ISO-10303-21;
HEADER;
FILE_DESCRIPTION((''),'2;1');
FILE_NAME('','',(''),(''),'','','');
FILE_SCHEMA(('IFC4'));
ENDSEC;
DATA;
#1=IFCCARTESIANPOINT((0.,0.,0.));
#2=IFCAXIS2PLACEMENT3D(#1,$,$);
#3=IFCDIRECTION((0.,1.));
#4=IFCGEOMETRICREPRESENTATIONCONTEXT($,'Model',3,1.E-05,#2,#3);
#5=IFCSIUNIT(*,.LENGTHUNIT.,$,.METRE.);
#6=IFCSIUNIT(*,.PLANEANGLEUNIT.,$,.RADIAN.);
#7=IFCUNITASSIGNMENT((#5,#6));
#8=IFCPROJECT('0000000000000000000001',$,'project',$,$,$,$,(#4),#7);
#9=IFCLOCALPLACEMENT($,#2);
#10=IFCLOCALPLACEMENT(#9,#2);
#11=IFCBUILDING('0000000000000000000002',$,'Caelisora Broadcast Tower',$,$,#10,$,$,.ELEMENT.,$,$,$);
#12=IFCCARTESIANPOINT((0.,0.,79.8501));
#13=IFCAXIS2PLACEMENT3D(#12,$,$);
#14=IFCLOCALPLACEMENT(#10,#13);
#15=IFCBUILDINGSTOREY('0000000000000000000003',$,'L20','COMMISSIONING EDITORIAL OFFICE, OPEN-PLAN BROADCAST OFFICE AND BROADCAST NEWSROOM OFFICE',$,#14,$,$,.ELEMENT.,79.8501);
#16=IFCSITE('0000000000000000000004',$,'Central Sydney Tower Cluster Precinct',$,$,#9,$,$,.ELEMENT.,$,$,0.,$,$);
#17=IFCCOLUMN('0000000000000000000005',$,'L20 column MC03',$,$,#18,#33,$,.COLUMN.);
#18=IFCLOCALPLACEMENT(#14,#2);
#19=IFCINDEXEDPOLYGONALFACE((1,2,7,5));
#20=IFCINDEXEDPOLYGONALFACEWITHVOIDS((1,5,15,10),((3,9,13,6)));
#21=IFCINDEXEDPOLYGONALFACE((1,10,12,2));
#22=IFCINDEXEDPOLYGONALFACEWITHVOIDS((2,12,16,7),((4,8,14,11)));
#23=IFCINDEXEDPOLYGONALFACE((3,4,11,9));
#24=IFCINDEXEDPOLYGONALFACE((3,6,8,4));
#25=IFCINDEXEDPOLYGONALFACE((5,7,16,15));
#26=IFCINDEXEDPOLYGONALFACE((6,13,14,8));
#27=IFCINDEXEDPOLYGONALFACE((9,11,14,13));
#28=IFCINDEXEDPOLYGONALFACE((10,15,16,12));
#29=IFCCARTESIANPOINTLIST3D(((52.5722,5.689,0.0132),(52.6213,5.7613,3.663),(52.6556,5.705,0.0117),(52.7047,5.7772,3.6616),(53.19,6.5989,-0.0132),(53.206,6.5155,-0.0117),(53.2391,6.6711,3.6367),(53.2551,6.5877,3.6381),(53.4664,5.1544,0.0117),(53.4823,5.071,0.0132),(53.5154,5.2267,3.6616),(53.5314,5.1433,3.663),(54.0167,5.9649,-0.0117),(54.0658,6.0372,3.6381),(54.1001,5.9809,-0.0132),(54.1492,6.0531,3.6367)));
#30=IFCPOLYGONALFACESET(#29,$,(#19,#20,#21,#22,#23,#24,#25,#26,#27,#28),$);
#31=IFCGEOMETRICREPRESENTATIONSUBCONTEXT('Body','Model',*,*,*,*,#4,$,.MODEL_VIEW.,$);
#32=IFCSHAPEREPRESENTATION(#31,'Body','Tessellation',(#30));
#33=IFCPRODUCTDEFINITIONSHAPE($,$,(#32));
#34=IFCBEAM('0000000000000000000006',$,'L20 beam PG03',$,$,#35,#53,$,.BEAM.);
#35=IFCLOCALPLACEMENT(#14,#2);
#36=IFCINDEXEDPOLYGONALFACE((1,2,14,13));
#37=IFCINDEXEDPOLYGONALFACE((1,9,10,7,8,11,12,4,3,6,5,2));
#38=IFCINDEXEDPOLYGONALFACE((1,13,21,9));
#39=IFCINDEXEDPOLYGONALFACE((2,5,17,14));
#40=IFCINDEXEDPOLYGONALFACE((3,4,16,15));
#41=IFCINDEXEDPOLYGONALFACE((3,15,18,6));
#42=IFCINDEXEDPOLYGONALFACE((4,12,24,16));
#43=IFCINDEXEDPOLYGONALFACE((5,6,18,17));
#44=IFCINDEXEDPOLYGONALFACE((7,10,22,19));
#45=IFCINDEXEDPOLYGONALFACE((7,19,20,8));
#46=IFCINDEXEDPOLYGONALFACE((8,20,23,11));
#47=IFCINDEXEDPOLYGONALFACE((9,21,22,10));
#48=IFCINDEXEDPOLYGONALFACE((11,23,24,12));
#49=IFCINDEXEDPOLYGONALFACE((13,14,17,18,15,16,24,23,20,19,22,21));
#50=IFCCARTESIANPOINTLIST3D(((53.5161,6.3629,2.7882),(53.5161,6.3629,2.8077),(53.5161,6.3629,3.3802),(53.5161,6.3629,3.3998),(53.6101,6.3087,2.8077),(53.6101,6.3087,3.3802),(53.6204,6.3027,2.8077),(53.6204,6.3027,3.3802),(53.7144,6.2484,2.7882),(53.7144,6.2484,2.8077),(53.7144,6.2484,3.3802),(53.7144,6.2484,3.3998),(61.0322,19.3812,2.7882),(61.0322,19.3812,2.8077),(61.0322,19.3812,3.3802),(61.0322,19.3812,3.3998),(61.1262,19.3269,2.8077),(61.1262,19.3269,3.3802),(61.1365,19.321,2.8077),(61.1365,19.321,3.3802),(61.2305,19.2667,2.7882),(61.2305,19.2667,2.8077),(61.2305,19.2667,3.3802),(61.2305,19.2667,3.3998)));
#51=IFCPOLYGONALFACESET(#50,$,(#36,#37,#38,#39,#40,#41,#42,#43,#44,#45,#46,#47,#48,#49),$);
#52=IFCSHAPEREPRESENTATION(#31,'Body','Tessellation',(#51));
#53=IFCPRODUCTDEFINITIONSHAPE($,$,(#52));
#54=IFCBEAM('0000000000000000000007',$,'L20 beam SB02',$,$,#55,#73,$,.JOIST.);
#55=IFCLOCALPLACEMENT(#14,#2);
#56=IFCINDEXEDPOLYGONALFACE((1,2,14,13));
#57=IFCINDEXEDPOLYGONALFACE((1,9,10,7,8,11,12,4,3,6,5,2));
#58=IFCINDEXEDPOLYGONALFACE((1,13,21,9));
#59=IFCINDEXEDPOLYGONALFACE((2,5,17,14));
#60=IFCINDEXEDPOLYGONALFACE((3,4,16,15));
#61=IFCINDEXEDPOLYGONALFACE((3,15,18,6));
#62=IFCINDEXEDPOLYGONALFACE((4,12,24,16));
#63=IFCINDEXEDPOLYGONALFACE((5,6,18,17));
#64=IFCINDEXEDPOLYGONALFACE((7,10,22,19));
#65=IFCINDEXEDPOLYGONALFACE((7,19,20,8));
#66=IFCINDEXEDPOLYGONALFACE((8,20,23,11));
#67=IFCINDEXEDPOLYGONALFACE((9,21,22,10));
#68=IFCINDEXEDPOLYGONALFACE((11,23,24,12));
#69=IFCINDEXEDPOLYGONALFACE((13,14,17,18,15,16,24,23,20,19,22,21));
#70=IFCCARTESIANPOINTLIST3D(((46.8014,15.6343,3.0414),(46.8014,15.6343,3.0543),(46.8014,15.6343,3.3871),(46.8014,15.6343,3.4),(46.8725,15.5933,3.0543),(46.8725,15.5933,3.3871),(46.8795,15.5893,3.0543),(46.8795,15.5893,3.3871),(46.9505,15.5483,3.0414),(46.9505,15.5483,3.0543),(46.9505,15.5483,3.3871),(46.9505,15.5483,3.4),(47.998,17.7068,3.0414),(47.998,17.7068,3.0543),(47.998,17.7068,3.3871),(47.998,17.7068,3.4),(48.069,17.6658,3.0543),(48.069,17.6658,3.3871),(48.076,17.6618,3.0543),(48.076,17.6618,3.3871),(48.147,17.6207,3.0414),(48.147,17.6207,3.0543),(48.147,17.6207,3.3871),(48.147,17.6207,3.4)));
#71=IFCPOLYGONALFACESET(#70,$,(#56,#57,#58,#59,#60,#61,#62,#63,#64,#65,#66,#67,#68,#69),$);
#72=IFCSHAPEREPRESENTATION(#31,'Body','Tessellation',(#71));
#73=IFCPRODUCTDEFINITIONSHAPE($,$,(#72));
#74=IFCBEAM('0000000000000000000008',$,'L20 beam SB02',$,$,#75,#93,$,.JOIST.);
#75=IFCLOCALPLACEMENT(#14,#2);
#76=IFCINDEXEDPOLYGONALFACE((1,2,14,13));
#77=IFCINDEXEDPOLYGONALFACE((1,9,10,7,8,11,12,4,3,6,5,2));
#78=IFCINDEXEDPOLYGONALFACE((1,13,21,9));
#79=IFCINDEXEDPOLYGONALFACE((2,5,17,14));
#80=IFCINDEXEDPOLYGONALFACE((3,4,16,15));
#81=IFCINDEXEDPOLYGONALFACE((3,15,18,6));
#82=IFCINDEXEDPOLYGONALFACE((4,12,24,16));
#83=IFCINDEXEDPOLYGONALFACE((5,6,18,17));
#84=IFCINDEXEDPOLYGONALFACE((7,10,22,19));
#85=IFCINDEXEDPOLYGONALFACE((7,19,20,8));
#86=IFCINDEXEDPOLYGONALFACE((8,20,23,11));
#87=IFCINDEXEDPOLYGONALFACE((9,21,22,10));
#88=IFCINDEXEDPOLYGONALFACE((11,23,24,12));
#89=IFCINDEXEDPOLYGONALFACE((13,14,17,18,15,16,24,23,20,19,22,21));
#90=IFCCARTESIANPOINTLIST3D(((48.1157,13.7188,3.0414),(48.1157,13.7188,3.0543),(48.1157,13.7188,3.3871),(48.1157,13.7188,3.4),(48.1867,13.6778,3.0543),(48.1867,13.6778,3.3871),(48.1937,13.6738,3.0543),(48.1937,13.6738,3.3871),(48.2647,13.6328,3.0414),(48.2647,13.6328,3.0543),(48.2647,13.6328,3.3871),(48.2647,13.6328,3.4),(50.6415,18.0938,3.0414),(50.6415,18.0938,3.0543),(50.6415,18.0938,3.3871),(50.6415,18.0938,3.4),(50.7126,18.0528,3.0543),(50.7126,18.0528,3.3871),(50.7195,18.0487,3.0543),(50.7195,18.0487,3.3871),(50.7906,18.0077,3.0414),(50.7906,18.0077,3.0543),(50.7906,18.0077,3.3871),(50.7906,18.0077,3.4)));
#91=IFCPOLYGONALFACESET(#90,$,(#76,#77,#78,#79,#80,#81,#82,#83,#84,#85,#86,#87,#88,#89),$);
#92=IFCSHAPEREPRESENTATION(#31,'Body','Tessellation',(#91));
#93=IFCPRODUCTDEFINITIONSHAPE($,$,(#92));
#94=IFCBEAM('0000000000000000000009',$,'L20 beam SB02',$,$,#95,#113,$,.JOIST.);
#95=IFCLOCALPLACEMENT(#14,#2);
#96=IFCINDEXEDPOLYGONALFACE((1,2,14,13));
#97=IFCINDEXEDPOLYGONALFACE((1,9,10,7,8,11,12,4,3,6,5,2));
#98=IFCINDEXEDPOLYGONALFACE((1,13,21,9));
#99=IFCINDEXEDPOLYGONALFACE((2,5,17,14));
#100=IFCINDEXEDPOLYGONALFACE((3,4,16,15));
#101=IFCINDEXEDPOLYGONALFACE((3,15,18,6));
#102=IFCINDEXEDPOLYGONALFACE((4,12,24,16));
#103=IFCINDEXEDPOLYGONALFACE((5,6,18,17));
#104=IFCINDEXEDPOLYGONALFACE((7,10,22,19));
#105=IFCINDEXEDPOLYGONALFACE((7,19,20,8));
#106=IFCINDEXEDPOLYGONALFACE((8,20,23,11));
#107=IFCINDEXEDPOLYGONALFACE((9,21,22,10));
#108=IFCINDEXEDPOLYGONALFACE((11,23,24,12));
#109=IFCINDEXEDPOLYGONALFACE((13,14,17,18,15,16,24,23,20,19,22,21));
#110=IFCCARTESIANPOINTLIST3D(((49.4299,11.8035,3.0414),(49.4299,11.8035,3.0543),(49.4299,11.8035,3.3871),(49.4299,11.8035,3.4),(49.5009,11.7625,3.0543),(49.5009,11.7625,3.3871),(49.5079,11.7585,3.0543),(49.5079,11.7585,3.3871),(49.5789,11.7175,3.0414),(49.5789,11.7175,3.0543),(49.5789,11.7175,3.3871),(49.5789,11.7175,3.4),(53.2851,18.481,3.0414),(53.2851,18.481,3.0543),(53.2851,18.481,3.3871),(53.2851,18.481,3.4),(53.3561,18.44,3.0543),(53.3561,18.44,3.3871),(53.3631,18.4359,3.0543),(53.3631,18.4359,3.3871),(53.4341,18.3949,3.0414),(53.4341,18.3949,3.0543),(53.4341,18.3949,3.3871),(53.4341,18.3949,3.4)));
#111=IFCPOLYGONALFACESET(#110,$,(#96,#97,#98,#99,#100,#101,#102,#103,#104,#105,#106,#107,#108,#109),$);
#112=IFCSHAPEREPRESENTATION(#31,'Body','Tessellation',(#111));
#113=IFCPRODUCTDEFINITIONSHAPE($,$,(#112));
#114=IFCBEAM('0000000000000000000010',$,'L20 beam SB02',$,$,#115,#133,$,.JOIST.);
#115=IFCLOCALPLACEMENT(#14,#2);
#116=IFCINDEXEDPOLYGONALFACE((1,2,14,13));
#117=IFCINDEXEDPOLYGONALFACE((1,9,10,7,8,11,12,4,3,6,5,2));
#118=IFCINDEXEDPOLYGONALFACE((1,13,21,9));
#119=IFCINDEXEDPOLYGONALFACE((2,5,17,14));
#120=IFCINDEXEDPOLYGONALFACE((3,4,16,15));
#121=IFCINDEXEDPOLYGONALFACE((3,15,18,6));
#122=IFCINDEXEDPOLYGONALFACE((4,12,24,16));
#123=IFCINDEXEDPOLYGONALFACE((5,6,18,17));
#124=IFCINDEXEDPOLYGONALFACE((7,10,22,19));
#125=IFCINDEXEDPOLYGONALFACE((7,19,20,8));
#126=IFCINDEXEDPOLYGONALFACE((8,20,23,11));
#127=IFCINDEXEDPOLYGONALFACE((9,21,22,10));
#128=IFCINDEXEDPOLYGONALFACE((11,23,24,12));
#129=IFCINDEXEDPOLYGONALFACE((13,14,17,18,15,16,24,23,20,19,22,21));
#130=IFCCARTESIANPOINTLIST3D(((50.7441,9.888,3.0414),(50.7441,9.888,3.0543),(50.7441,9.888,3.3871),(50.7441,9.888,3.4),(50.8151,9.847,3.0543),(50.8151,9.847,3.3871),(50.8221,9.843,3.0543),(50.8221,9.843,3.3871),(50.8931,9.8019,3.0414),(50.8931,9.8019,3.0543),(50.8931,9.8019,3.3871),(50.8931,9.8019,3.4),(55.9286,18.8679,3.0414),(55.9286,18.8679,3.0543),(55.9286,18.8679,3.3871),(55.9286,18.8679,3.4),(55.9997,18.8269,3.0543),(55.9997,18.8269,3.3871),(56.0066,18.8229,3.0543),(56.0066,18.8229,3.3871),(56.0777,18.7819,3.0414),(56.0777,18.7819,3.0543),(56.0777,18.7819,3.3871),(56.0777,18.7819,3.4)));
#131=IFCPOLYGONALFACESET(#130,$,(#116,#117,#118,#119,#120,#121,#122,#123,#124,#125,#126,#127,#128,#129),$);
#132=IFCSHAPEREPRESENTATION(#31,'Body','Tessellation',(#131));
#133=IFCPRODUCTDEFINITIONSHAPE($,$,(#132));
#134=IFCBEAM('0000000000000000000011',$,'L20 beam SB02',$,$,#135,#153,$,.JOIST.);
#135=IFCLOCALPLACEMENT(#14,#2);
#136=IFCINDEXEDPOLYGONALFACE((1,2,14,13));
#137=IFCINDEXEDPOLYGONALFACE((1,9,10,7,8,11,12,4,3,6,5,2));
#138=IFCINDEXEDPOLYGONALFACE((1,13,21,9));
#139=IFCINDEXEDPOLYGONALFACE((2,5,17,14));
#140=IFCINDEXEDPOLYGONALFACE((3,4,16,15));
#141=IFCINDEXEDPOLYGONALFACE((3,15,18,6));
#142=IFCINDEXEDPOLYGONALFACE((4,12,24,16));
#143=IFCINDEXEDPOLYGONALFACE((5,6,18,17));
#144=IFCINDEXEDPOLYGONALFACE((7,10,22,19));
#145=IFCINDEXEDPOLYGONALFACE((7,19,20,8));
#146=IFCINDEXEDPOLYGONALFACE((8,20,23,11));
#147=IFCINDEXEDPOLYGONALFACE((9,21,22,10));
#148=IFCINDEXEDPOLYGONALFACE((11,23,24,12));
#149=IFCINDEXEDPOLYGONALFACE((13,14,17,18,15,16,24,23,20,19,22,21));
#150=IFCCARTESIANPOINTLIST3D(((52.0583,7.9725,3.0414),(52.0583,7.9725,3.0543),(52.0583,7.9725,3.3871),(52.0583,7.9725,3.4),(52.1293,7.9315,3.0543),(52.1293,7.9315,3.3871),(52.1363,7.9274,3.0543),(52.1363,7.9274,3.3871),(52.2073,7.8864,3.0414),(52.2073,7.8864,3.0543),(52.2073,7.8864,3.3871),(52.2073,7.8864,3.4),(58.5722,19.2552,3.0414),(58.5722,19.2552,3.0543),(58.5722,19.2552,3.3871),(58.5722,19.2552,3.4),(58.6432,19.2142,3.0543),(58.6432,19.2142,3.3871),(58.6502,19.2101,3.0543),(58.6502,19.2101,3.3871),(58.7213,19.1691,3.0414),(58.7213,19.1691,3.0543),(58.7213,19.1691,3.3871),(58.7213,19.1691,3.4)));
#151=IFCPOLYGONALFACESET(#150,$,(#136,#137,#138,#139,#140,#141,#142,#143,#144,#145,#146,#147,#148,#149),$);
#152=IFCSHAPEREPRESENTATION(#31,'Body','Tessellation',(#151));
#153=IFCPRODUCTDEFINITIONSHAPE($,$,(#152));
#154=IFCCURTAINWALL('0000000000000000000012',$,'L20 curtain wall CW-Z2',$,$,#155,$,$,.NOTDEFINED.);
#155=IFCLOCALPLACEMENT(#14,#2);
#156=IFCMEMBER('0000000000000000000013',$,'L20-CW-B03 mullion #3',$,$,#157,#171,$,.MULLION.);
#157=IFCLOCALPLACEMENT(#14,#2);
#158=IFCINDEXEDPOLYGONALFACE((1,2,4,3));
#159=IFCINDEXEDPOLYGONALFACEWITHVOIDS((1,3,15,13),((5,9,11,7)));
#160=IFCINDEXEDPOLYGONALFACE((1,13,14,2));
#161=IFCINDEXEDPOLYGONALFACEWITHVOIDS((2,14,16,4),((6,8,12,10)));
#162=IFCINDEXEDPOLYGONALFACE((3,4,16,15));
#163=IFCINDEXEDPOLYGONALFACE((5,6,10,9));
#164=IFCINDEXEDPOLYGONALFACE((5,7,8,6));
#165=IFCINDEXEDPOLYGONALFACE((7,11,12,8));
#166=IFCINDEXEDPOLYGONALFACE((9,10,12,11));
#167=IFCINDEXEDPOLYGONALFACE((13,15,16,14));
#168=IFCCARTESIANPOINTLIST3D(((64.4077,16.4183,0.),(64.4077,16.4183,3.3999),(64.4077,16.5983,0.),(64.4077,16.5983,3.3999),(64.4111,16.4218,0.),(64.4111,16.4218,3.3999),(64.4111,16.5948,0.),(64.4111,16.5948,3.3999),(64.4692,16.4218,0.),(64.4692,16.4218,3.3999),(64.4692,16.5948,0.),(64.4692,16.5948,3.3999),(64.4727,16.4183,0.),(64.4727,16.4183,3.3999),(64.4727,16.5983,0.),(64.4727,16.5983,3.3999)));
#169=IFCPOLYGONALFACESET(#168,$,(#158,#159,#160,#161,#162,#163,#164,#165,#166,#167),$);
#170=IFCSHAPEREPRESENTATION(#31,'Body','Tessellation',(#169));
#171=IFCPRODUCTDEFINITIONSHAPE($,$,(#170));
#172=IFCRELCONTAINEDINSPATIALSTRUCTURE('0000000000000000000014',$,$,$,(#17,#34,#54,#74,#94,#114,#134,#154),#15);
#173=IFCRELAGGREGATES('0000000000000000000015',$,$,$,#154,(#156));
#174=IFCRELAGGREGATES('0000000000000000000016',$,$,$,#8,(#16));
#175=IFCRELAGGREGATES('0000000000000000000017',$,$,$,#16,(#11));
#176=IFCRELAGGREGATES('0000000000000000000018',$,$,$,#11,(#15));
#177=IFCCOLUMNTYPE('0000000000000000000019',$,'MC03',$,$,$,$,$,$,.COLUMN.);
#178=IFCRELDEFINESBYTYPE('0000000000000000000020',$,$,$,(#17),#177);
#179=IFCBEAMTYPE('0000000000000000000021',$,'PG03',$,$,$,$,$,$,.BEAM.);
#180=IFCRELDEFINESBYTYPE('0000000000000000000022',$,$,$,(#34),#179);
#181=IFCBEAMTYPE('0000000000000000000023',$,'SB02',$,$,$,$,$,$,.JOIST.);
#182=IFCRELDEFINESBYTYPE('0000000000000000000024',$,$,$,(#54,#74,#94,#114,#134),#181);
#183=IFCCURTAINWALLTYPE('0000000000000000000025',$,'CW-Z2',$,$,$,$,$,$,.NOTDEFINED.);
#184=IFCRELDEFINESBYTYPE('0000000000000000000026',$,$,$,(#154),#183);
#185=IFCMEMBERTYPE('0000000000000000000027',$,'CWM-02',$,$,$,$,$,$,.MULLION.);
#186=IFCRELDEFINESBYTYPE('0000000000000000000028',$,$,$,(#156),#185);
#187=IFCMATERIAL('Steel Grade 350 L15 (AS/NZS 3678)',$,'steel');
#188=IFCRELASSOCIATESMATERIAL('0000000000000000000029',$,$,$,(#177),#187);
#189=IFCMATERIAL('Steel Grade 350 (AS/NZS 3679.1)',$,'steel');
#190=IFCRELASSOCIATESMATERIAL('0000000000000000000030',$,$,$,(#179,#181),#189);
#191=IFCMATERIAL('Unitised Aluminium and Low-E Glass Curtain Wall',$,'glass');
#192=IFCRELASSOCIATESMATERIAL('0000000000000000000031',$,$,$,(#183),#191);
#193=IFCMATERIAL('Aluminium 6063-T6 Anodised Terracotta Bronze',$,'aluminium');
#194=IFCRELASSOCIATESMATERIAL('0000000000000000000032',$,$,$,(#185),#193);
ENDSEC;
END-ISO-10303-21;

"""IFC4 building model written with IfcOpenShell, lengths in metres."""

from ifc_helpers import new_model, si_unit, direction, frame, origin, origin_2d, place, context, subcontext, project, spatial, hollow_rectangle, i_section, extrude, source, transform, mapped, material, material_profile, profile_set, type_object, type_shapes, element, aggregate, save


model = new_model("IFC4")

# Units and contexts
model_context = context("Model", 3, precision=1e-05, world=origin(), true_north=direction((0.0, 1.0)))
body_context = subcontext(model_context, "Body", "Model", "MODEL_VIEW")
ifc_project = project(units=[si_unit("LENGTHUNIT", "METRE"), si_unit("PLANEANGLEUNIT", "RADIAN")], contexts=[model_context])

# Site, building, storey
site_placement = place(None, origin())
site = spatial("IfcSite", under=ifc_project, at=site_placement, Name="Central Sydney Tower Cluster Precinct", CompositionType="ELEMENT", RefElevation=0.0)
building_placement = place(site_placement, origin())
building = spatial("IfcBuilding", under=site, at=building_placement, Name="Caelisora Broadcast Tower", CompositionType="ELEMENT")
storey_placement = place(building_placement, frame((0.0, 0.0, 79.8501)))
storey = spatial("IfcBuildingStorey", under=building, at=storey_placement, Name="L20", Description="COMMISSIONING EDITORIAL OFFICE, OPEN-PLAN BROADCAST OFFICE AND BROADCAST NEWSROOM OFFICE", CompositionType="ELEMENT", Elevation=79.8501)

# Column
ifc_material_1 = material(Name="Steel Grade 350 L15 (AS/NZS 3678)", Category="steel")
ifc_material_profile_1 = material_profile(ifc_material_1, hollow_rectangle(XDim=1.1001, YDim=1.1001, WallThickness=0.0601, at=origin_2d()), Name="Steel Grade 350 L15 (AS/NZS 3678)")
ifc_profile_set_1 = profile_set([ifc_material_profile_1], Name="Steel Grade 350 L15 (AS/NZS 3678)")
column_type = type_object("IfcColumnType", Name="MC03", PredefinedType="COLUMN", material=ifc_profile_set_1)
shared_shape_1 = source(origin(), body_context, "Body", "SweptSolid", [
    extrude(hollow_rectangle(XDim=1.1001, YDim=1.1001, WallThickness=0.0601, at=origin_2d()), origin(), (0.0, 0.0, 1.0), 3.6509),
])
type_shapes(column_type, [shared_shape_1])
column_placement = place(storey_placement, frame((53.3362, 5.835, 0.0), z_axis=(0.013441, 0.019794, 0.999714), x_axis=(-0.82729, 0.561775, 0.0)))
element("IfcColumn", 1, at=column_placement, inside=storey, type_object=column_type, Name="L20 column MC03", PredefinedType="COLUMN", context=body_context, shape_type="MappedRepresentation", body=[
    mapped(shared_shape_1, transform((0.0, 0.0, 0.0), scale=1.0)),
])

# Beams
ifc_material_2 = material(Name="Steel Grade 350 (AS/NZS 3679.1)", Category="steel")
ifc_material_profile_2 = material_profile(ifc_material_2, i_section(OverallWidth=0.229, OverallDepth=0.6116, WebThickness=0.012, FlangeThickness=0.0195, at=origin_2d()), Name="Steel Grade 350 (AS/NZS 3679.1)")
ifc_profile_set_2 = profile_set([ifc_material_profile_2], Name="Steel Grade 350 (AS/NZS 3679.1)")
beam_type_1 = type_object("IfcBeamType", Name="PG03", PredefinedType="BEAM", material=ifc_profile_set_2)
shared_shape_2 = source(origin(), body_context, "Body", "SweptSolid", [
    extrude(i_section(OverallWidth=0.229, OverallDepth=0.6116, WebThickness=0.012, FlangeThickness=0.0195, at=origin_2d()), origin(), (0.0, 0.0, 1.0), 15.0322),
])
type_shapes(beam_type_1, [shared_shape_2])
beam_1_placement = place(storey_placement, frame((53.6152, 6.3057, 3.094), z_axis=(0.499999, 0.866026, 0.0), x_axis=(-0.866026, 0.499999, 0.0)))
element("IfcBeam", 2, at=beam_1_placement, inside=storey, type_object=beam_type_1, Name="L20 beam PG03", PredefinedType="BEAM", context=body_context, shape_type="MappedRepresentation", body=[
    mapped(shared_shape_2, transform((0.0, 0.0, 0.0), scale=1.0)),
])
ifc_material_profile_3 = material_profile(ifc_material_2, i_section(OverallWidth=0.1721, OverallDepth=0.3586, WebThickness=0.0081, FlangeThickness=0.0129, at=origin_2d()), Name="Steel Grade 350 (AS/NZS 3679.1)")
ifc_profile_set_3 = profile_set([ifc_material_profile_3], Name="Steel Grade 350 (AS/NZS 3679.1)")
beam_type_2 = type_object("IfcBeamType", Name="SB02", PredefinedType="JOIST", material=ifc_profile_set_3)
shared_shape_3 = source(origin(), body_context, "Body", "SweptSolid", [
    extrude(i_section(OverallWidth=0.1721, OverallDepth=0.3586, WebThickness=0.0081, FlangeThickness=0.0129, at=origin_2d()), origin(), (0.0, 0.0, 1.0), 2.3931),
])
beam_2_placement = place(storey_placement, frame((46.876, 15.5913, 3.2207), z_axis=(0.49999, 0.866031, 0.0), x_axis=(-0.866031, 0.49999, 0.0)))
element("IfcBeam", 3, at=beam_2_placement, inside=storey, type_object=beam_type_2, Name="L20 beam SB02", PredefinedType="JOIST", context=body_context, shape_type="MappedRepresentation", body=[
    mapped(shared_shape_3, transform((0.0, 0.0, 0.0), scale=1.0)),
])
shared_shape_4 = source(origin(), body_context, "Body", "SweptSolid", [
    extrude(i_section(OverallWidth=0.1721, OverallDepth=0.3586, WebThickness=0.0081, FlangeThickness=0.0129, at=origin_2d()), origin(), (0.0, 0.0, 1.0), 5.0518),
])
beam_3_placement = place(storey_placement, frame((48.1902, 13.6758, 3.2207), z_axis=(0.499996, 0.866028, 0.0), x_axis=(-0.866028, 0.499996, 0.0)))
element("IfcBeam", 4, at=beam_3_placement, inside=storey, type_object=beam_type_2, Name="L20 beam SB02", PredefinedType="JOIST", context=body_context, shape_type="MappedRepresentation", body=[
    mapped(shared_shape_4, transform((0.0, 0.0, 0.0), scale=1.0)),
])
shared_shape_5 = source(origin(), body_context, "Body", "SweptSolid", [
    extrude(i_section(OverallWidth=0.1721, OverallDepth=0.3586, WebThickness=0.0081, FlangeThickness=0.0129, at=origin_2d()), origin(), (0.0, 0.0, 1.0), 7.7104),
])
beam_4_placement = place(storey_placement, frame((49.5044, 11.7605, 3.2207), z_axis=(0.499997, 0.866027, 0.0), x_axis=(-0.866027, 0.499997, 0.0)))
element("IfcBeam", 5, at=beam_4_placement, inside=storey, type_object=beam_type_2, Name="L20 beam SB02", PredefinedType="JOIST", context=body_context, shape_type="MappedRepresentation", body=[
    mapped(shared_shape_5, transform((0.0, 0.0, 0.0), scale=1.0)),
])
shared_shape_6 = source(origin(), body_context, "Body", "SweptSolid", [
    extrude(i_section(OverallWidth=0.1721, OverallDepth=0.3586, WebThickness=0.0081, FlangeThickness=0.0129, at=origin_2d()), origin(), (0.0, 0.0, 1.0), 10.3691),
])
beam_5_placement = place(storey_placement, frame((50.8186, 9.845, 3.2207), z_axis=(0.499998, 0.866026, 0.0), x_axis=(-0.866026, 0.499998, 0.0)))
element("IfcBeam", 6, at=beam_5_placement, inside=storey, type_object=beam_type_2, Name="L20 beam SB02", PredefinedType="JOIST", context=body_context, shape_type="MappedRepresentation", body=[
    mapped(shared_shape_6, transform((0.0, 0.0, 0.0), scale=1.0)),
])
shared_shape_7 = source(origin(), body_context, "Body", "SweptSolid", [
    extrude(i_section(OverallWidth=0.1721, OverallDepth=0.3586, WebThickness=0.0081, FlangeThickness=0.0129, at=origin_2d()), origin(), (0.0, 0.0, 1.0), 13.0281),
])
type_shapes(beam_type_2, [shared_shape_3, shared_shape_4, shared_shape_5, shared_shape_6, shared_shape_7])
beam_6_placement = place(storey_placement, frame((52.1328, 7.9294, 3.2207), z_axis=(0.499991, 0.866031, 0.0), x_axis=(-0.866031, 0.499991, 0.0)))
element("IfcBeam", 7, at=beam_6_placement, inside=storey, type_object=beam_type_2, Name="L20 beam SB02", PredefinedType="JOIST", context=body_context, shape_type="MappedRepresentation", body=[
    mapped(shared_shape_7, transform((0.0, 0.0, 0.0), scale=1.0)),
])

# Curtain wall, member
ifc_material_3 = material(Name="Unitised Aluminium and Low-E Glass Curtain Wall", Category="glass")
curtain_wall_type = type_object("IfcCurtainWallType", Name="CW-Z2", PredefinedType="NOTDEFINED", material=ifc_material_3)
curtain_wall_1_placement = place(storey_placement, origin())
curtain_wall_1 = element("IfcCurtainWall", 8, at=curtain_wall_1_placement, inside=storey, type_object=curtain_wall_type, Name="L20 curtain wall CW-Z2", PredefinedType="NOTDEFINED")
ifc_material_4 = material(Name="Aluminium 6063-T6 Anodised Terracotta Bronze", Category="aluminium")
ifc_material_profile_4 = material_profile(ifc_material_4, hollow_rectangle(XDim=0.0649, YDim=0.1799, WallThickness=0.0034, at=origin_2d()), Name="Aluminium 6063-T6 Anodised Terracotta Bronze")
ifc_profile_set_4 = profile_set([ifc_material_profile_4], Name="Aluminium 6063-T6 Anodised Terracotta Bronze")
member_type_1 = type_object("IfcMemberType", Name="CWM-02", PredefinedType="MULLION", material=ifc_profile_set_4)
shared_shape_8 = source(origin(), body_context, "Body", "SweptSolid", [
    extrude(hollow_rectangle(XDim=0.0649, YDim=0.1799, WallThickness=0.0034, at=origin_2d()), origin(), (0.0, 0.0, 1.0), 3.3999),
])
type_shapes(member_type_1, [shared_shape_8])
member_1_placement = place(storey_placement, frame((64.4402, 16.5083, 0.0), z_axis=(0.0, 0.0, 1.0), x_axis=(1.0, 0.0, 0.0)))
member_1 = element("IfcMember", 9, at=member_1_placement, type_object=member_type_1, Name="L20-CW-B03 mullion #3", PredefinedType="MULLION", context=body_context, shape_type="MappedRepresentation", body=[
    mapped(shared_shape_8, transform((0.0, 0.0, 0.0), scale=1.0)),
])
aggregate(curtain_wall_1, [member_1])

save(model, "model.ifc")
